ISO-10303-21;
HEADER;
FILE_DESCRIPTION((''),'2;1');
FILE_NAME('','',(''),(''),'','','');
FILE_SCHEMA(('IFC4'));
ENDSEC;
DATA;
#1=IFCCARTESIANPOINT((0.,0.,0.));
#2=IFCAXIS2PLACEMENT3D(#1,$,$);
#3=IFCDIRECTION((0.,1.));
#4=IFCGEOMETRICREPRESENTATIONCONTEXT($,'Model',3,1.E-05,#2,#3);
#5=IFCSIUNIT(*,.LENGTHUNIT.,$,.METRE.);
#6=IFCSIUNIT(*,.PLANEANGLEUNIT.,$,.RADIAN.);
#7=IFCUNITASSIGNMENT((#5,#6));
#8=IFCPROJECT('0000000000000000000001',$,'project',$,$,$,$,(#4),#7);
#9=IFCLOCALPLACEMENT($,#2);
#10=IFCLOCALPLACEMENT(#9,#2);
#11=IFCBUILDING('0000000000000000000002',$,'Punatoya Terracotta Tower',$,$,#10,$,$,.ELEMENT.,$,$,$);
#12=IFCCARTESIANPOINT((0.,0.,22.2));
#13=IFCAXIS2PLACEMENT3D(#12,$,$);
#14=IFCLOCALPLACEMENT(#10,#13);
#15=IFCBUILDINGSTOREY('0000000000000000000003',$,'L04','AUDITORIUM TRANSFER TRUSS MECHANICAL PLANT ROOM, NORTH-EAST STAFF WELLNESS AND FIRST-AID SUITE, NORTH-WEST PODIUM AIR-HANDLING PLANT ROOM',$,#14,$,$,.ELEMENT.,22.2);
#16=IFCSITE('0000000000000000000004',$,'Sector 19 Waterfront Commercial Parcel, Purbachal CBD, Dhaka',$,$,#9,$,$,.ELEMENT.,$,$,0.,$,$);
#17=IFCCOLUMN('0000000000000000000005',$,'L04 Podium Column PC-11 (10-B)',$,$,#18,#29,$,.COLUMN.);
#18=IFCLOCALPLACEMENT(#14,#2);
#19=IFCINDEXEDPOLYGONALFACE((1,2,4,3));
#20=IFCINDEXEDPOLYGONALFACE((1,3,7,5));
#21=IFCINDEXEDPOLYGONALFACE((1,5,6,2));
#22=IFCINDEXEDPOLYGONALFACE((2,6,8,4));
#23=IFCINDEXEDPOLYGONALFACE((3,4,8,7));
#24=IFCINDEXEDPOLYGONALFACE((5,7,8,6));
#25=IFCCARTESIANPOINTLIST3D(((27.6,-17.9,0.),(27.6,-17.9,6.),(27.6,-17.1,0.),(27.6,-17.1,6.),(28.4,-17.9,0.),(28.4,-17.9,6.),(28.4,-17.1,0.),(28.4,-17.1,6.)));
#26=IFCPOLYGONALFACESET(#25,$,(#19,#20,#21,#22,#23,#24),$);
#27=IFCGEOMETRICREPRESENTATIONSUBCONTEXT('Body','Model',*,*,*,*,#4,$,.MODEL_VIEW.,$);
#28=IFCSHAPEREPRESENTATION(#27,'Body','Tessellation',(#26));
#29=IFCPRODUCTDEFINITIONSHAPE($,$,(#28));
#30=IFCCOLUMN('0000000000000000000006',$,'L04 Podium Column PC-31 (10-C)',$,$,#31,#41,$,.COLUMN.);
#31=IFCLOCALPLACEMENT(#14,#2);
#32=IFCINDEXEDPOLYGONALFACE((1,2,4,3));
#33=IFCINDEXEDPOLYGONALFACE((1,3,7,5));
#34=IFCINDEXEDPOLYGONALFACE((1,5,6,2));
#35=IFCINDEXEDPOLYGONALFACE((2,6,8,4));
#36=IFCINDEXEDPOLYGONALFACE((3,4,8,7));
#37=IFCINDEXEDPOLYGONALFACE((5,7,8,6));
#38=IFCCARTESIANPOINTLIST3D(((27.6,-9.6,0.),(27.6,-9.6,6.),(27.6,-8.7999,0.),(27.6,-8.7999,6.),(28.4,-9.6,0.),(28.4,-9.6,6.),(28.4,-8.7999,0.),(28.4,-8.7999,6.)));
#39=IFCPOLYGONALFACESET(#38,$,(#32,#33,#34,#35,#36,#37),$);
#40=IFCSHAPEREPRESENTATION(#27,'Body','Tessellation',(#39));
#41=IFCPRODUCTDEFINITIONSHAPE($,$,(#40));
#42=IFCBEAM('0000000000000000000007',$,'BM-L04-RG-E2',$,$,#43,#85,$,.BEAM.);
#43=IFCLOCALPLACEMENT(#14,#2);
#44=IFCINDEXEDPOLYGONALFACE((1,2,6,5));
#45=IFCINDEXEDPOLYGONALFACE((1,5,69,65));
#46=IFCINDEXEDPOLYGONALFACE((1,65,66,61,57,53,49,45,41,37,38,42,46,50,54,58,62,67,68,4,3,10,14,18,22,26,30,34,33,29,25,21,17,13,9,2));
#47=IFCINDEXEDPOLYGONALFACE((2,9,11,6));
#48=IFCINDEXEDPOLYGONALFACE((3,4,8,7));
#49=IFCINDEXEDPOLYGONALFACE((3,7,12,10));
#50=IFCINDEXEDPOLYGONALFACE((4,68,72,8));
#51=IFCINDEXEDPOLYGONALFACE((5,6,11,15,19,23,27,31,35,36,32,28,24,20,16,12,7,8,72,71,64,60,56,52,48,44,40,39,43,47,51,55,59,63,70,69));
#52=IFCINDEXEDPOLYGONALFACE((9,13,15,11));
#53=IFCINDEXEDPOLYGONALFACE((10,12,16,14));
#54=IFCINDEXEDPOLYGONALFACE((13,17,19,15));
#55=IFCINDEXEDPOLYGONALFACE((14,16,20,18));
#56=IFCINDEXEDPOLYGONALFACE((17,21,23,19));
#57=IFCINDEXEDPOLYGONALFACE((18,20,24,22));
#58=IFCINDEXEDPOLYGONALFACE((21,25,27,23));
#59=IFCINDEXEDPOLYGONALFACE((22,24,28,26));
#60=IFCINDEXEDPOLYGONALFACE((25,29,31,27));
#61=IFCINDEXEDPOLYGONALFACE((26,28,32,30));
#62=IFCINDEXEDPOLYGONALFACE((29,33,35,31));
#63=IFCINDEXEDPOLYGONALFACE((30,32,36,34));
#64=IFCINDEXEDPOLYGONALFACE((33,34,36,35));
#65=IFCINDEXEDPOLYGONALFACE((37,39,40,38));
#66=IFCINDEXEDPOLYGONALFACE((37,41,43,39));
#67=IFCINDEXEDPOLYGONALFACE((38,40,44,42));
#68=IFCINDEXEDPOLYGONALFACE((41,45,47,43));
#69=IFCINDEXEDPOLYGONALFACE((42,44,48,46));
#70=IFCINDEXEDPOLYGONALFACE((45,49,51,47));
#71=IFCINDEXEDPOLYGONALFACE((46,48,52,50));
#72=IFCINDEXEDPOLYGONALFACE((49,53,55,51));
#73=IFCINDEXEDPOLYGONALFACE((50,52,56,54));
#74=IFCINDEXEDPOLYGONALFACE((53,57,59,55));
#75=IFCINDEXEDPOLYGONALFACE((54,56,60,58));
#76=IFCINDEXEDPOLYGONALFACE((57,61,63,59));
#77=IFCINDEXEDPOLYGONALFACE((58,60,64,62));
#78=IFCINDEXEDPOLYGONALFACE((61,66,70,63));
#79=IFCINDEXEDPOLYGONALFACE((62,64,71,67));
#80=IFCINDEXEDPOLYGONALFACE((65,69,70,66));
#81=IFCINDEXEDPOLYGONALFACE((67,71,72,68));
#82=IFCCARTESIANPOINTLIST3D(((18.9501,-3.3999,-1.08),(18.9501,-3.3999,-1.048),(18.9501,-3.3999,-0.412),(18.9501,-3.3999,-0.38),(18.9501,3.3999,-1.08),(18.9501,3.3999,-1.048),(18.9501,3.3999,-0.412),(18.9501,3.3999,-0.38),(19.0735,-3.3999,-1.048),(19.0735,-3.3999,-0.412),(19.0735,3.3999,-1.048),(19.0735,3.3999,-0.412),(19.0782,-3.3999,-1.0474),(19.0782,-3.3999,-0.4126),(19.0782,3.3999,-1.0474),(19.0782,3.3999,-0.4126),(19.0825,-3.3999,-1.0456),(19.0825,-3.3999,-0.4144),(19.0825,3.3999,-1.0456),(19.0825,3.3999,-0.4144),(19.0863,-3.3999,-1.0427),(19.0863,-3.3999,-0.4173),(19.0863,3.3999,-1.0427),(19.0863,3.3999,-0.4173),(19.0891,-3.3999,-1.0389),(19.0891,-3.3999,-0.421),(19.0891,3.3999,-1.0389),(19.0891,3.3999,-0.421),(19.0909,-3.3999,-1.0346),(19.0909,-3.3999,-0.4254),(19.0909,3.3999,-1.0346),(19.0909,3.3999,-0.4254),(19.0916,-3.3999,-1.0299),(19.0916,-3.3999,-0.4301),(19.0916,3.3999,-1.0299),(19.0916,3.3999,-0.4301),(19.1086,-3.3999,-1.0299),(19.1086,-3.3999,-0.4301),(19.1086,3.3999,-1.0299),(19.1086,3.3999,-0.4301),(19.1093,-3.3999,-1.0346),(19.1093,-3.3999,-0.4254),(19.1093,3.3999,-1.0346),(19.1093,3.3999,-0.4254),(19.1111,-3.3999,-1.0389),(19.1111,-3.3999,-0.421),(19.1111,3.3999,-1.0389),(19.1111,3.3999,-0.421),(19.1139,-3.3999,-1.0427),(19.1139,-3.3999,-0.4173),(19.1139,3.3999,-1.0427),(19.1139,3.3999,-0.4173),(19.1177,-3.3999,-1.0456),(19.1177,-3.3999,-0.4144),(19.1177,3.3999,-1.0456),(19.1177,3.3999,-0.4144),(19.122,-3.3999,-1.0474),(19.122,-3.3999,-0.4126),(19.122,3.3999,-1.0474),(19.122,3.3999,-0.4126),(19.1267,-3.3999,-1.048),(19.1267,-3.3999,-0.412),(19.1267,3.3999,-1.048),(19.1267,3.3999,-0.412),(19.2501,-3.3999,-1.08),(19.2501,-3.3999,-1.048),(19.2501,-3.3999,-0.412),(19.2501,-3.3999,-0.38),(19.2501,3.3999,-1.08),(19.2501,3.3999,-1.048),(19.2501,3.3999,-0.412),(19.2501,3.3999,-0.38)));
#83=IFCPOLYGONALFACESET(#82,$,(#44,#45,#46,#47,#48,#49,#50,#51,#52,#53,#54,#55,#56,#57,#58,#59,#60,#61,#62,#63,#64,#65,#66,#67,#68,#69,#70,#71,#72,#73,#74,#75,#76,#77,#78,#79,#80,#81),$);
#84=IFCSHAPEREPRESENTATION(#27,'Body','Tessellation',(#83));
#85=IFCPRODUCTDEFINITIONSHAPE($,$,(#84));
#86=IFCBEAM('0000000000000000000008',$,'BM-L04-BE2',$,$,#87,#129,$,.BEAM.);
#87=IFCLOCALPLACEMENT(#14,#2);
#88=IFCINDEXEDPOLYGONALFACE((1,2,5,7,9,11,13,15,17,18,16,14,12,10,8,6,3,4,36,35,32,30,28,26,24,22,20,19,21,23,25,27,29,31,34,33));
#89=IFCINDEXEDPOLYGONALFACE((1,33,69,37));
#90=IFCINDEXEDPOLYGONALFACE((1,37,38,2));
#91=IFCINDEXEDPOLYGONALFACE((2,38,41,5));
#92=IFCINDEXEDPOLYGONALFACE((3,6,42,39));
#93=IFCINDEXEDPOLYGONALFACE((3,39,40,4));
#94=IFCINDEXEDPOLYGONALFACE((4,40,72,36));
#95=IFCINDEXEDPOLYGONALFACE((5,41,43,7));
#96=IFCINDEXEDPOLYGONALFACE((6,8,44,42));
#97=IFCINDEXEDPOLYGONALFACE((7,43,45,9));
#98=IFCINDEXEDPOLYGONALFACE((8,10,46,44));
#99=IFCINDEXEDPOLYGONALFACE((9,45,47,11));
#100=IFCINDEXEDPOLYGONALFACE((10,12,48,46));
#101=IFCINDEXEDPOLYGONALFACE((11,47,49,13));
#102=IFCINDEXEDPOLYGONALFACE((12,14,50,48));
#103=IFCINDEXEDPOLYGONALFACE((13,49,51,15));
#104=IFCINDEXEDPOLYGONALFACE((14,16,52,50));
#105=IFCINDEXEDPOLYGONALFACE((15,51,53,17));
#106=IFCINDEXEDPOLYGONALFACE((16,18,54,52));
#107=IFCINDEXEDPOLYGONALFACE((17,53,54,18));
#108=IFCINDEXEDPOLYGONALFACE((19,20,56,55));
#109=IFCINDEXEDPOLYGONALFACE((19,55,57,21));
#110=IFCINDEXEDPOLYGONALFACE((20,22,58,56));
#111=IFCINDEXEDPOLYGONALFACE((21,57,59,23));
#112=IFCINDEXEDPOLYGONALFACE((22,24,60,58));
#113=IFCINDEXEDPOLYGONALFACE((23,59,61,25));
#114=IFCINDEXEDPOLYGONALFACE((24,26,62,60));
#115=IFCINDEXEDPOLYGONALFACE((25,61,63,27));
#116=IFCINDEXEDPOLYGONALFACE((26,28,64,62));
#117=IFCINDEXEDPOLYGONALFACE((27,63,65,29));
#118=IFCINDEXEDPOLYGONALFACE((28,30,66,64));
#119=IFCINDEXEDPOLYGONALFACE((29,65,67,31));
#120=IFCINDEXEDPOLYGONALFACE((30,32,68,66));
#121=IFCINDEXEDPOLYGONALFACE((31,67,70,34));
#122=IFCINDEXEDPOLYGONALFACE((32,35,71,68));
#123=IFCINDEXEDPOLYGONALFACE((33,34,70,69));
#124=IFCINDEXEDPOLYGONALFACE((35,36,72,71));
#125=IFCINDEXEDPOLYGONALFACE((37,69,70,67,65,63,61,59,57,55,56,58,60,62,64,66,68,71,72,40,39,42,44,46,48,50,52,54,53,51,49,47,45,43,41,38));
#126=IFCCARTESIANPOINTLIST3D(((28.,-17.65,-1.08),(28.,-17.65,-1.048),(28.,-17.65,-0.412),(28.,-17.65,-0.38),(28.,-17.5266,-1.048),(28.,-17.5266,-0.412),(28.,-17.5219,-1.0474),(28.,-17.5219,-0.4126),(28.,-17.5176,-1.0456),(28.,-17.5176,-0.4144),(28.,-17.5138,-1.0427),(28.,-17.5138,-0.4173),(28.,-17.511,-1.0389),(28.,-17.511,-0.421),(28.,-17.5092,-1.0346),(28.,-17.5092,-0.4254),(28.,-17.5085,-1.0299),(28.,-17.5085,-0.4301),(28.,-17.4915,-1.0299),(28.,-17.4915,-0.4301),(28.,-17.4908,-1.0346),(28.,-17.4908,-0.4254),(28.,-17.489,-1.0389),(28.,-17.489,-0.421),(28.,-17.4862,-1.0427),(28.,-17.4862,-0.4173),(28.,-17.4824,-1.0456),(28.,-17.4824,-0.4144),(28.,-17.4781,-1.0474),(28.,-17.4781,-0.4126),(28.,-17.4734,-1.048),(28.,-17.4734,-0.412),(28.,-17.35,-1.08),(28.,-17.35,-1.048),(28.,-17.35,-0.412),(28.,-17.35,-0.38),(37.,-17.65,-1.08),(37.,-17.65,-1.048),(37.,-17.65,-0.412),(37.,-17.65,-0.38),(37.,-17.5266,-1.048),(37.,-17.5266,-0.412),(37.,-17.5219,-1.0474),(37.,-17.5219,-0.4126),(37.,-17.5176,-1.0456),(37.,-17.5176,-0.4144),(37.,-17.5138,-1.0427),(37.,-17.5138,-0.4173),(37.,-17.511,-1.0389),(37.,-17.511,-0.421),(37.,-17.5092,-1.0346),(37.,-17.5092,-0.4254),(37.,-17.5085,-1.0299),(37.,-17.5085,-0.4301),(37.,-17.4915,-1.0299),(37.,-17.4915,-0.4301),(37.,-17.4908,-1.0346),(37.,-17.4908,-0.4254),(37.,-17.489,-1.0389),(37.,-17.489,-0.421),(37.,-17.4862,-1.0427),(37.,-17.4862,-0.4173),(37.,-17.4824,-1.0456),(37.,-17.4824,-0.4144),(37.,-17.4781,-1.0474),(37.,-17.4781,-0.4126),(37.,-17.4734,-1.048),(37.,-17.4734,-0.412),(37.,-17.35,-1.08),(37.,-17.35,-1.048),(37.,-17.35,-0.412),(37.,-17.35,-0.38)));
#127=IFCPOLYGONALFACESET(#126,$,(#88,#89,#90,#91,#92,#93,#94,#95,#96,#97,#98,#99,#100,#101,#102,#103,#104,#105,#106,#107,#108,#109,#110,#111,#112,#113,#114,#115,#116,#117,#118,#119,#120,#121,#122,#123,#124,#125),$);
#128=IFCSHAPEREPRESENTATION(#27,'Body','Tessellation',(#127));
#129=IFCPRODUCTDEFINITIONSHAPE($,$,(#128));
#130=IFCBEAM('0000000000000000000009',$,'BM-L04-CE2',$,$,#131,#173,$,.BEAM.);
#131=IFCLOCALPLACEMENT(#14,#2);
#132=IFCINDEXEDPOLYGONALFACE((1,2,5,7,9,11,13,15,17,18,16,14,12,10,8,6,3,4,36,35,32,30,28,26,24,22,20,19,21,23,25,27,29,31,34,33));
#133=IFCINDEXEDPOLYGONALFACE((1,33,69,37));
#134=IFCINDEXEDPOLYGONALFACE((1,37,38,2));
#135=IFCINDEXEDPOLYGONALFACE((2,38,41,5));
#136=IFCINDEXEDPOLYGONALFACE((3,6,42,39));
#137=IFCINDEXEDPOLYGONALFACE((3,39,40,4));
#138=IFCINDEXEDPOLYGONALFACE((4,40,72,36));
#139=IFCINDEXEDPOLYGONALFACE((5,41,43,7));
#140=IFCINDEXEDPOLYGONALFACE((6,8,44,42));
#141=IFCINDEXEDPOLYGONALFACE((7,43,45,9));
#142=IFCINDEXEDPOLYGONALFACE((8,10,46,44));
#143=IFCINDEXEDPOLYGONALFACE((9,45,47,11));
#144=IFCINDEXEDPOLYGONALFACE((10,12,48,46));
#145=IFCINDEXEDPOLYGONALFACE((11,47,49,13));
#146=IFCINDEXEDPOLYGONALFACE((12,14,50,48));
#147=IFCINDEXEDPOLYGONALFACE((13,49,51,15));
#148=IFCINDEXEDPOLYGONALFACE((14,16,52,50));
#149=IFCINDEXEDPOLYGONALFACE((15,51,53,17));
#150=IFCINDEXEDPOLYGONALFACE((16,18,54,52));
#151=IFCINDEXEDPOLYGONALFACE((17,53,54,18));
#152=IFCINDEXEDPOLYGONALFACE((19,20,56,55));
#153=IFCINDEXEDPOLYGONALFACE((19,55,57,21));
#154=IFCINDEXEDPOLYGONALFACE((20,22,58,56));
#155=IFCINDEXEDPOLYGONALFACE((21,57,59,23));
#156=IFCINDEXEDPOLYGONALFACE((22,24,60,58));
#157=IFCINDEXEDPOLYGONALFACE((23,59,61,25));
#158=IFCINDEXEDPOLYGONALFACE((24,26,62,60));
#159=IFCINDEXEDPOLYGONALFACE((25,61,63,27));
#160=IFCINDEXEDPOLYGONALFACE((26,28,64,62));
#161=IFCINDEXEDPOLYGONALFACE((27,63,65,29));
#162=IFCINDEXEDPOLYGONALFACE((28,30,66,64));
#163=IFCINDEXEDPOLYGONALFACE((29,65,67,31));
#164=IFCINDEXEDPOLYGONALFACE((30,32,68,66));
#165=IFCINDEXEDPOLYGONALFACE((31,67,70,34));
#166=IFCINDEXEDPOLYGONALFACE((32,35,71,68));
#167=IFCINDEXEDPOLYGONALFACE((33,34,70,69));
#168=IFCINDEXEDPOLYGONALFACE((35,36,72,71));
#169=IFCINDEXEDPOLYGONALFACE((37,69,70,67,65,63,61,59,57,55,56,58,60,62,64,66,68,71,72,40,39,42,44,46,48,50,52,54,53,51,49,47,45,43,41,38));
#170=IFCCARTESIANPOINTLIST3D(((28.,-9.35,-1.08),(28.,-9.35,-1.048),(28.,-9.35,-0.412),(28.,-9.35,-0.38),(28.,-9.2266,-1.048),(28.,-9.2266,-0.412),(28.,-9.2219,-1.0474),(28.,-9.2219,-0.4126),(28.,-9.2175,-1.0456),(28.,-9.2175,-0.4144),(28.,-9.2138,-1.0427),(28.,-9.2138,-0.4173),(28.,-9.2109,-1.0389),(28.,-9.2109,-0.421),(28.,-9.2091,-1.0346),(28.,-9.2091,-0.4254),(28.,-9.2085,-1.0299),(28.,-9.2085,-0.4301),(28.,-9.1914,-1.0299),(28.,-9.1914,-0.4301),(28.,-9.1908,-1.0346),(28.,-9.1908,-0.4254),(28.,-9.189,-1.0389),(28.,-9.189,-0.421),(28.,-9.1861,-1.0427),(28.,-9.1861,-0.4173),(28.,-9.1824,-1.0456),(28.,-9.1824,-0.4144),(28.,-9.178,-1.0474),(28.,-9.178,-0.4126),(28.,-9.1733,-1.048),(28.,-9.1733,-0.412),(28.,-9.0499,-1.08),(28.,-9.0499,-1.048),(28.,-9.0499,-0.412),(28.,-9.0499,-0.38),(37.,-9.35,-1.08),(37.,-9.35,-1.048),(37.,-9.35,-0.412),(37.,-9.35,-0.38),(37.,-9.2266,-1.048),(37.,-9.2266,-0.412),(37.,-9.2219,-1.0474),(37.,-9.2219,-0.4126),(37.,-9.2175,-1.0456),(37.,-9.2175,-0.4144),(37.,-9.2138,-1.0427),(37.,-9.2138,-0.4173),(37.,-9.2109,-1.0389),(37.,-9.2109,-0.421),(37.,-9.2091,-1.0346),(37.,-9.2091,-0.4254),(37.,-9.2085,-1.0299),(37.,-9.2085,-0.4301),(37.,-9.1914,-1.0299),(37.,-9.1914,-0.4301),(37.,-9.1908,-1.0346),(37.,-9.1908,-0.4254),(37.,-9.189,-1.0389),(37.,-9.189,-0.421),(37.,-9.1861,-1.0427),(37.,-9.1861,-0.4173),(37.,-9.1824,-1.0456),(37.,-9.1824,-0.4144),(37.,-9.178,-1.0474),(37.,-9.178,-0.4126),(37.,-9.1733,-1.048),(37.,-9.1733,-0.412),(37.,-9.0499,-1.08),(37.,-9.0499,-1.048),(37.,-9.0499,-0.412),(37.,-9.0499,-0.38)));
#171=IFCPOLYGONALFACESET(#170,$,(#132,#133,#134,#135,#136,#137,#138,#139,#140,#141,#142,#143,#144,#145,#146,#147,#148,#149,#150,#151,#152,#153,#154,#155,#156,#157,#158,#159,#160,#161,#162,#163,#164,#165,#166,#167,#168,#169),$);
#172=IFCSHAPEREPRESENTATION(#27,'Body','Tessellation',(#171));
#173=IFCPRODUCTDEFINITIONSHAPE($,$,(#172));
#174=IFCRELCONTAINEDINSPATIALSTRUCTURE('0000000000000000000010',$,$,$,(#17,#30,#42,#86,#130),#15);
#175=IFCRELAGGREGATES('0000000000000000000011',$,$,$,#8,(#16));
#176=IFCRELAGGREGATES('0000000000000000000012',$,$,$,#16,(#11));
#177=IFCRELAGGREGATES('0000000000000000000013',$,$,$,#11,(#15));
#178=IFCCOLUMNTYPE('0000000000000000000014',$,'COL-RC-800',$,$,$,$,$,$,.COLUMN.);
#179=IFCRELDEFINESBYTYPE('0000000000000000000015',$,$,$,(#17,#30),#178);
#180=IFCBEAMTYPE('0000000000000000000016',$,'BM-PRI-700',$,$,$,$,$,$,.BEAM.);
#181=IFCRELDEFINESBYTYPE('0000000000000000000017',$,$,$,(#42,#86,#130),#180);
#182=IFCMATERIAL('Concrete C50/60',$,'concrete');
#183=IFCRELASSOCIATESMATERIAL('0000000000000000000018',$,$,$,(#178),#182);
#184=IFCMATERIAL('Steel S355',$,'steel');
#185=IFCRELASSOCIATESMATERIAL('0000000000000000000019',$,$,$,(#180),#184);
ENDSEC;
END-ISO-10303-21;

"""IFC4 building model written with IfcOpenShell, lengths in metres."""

from ifc_helpers import new_model, si_unit, direction, frame, origin, origin_2d, place, context, subcontext, project, spatial, rectangle, i_section, extrude, material, material_profile, profile_set, type_object, element, save


model = new_model("IFC4")

# Units and contexts
model_context = context("Model", 3, precision=1e-05, world=origin(), true_north=direction((0.0, 1.0)))
body_context = subcontext(model_context, "Body", "Model", "MODEL_VIEW")
ifc_project = project(units=[si_unit("LENGTHUNIT", "METRE"), si_unit("PLANEANGLEUNIT", "RADIAN")], contexts=[model_context])

# Site, building, storey
site_placement = place(None, origin())
site = spatial("IfcSite", under=ifc_project, at=site_placement, Name="Sector 19 Waterfront Commercial Parcel, Purbachal CBD, Dhaka", CompositionType="ELEMENT", RefElevation=0.0)
building_placement = place(site_placement, origin())
building = spatial("IfcBuilding", under=site, at=building_placement, Name="Punatoya Terracotta Tower", CompositionType="ELEMENT")
storey_placement = place(building_placement, frame((0.0, 0.0, 22.2)))
storey = spatial("IfcBuildingStorey", under=building, at=storey_placement, Name="L04", Description="AUDITORIUM TRANSFER TRUSS MECHANICAL PLANT ROOM, NORTH-EAST STAFF WELLNESS AND FIRST-AID SUITE, NORTH-WEST PODIUM AIR-HANDLING PLANT ROOM", CompositionType="ELEMENT", Elevation=22.2)

# Columns
ifc_material_1 = material(Name="Concrete C50/60", Category="concrete")
ifc_material_profile_1 = material_profile(ifc_material_1, rectangle(XDim=0.8, YDim=0.8, at=origin_2d()))
ifc_profile_set_1 = profile_set([ifc_material_profile_1], Name="Concrete C50/60")
column_type = type_object("IfcColumnType", Name="COL-RC-800", PredefinedType="COLUMN", material=ifc_profile_set_1)
for number, where, z_axis, x_axis, name in (
    (1, (28.0, -17.5, 0.0), (0.0, 0.0, 1.0), (1.0, 0.0, 0.0), "L04 Podium Column PC-11 (10-B)"),
    (2, (28.0, -9.2, 0.0), (0.0, 0.0, 1.0), (1.0, 0.0, 0.0), "L04 Podium Column PC-31 (10-C)"),
):
    element("IfcColumn", number, at=place(storey_placement, frame(where, z_axis=z_axis, x_axis=x_axis)), inside=storey, type_object=column_type, Name=name, PredefinedType="COLUMN", context=body_context, shape_type="SweptSolid", body=[
        extrude(rectangle(XDim=0.8, YDim=0.8, at=origin_2d()), origin(), (0.0, 0.0, 1.0), 6.0),
    ])

# Beams
ifc_material_2 = material(Name="Steel S355", Category="steel")
ifc_material_profile_2 = material_profile(ifc_material_2, i_section(OverallWidth=0.3, OverallDepth=0.7, WebThickness=0.0171, FlangeThickness=0.032, FilletRadius=0.0181, at=origin_2d()))
ifc_profile_set_2 = profile_set([ifc_material_profile_2], Name="Steel S355")
beam_type_1 = type_object("IfcBeamType", Name="BM-PRI-700", PredefinedType="BEAM", material=ifc_profile_set_2)
beam_1_placement = place(storey_placement, frame((19.1001, -3.3999, -0.73), z_axis=(0.0, 1.0, 0.0), x_axis=(-1.0, 0.0, 0.0)))
element("IfcBeam", 3, at=beam_1_placement, inside=storey, type_object=beam_type_1, Name="BM-L04-RG-E2", PredefinedType="BEAM", context=body_context, shape_type="SweptSolid", body=[
    extrude(i_section(OverallWidth=0.3, OverallDepth=0.7, WebThickness=0.0171, FlangeThickness=0.032, FilletRadius=0.0181, at=origin_2d()), origin(), (0.0, 0.0, 1.0), 6.7998),
])
for number, where, z_axis, x_axis, name in (
    (4, (28.0, -17.5, -0.73), (1.0, 0.0, 0.0), (0.0, 1.0, 0.0), "BM-L04-BE2"),
    (5, (28.0, -9.2, -0.73), (1.0, 0.0, 0.0), (0.0, 1.0, 0.0), "BM-L04-CE2"),
):
    element("IfcBeam", number, at=place(storey_placement, frame(where, z_axis=z_axis, x_axis=x_axis)), inside=storey, type_object=beam_type_1, Name=name, PredefinedType="BEAM", context=body_context, shape_type="SweptSolid", body=[
        extrude(i_section(OverallWidth=0.3, OverallDepth=0.7, WebThickness=0.0171, FlangeThickness=0.032, FilletRadius=0.0181, at=origin_2d()), origin(), (0.0, 0.0, 1.0), 9.0),
    ])

save(model, "model.ifc")
